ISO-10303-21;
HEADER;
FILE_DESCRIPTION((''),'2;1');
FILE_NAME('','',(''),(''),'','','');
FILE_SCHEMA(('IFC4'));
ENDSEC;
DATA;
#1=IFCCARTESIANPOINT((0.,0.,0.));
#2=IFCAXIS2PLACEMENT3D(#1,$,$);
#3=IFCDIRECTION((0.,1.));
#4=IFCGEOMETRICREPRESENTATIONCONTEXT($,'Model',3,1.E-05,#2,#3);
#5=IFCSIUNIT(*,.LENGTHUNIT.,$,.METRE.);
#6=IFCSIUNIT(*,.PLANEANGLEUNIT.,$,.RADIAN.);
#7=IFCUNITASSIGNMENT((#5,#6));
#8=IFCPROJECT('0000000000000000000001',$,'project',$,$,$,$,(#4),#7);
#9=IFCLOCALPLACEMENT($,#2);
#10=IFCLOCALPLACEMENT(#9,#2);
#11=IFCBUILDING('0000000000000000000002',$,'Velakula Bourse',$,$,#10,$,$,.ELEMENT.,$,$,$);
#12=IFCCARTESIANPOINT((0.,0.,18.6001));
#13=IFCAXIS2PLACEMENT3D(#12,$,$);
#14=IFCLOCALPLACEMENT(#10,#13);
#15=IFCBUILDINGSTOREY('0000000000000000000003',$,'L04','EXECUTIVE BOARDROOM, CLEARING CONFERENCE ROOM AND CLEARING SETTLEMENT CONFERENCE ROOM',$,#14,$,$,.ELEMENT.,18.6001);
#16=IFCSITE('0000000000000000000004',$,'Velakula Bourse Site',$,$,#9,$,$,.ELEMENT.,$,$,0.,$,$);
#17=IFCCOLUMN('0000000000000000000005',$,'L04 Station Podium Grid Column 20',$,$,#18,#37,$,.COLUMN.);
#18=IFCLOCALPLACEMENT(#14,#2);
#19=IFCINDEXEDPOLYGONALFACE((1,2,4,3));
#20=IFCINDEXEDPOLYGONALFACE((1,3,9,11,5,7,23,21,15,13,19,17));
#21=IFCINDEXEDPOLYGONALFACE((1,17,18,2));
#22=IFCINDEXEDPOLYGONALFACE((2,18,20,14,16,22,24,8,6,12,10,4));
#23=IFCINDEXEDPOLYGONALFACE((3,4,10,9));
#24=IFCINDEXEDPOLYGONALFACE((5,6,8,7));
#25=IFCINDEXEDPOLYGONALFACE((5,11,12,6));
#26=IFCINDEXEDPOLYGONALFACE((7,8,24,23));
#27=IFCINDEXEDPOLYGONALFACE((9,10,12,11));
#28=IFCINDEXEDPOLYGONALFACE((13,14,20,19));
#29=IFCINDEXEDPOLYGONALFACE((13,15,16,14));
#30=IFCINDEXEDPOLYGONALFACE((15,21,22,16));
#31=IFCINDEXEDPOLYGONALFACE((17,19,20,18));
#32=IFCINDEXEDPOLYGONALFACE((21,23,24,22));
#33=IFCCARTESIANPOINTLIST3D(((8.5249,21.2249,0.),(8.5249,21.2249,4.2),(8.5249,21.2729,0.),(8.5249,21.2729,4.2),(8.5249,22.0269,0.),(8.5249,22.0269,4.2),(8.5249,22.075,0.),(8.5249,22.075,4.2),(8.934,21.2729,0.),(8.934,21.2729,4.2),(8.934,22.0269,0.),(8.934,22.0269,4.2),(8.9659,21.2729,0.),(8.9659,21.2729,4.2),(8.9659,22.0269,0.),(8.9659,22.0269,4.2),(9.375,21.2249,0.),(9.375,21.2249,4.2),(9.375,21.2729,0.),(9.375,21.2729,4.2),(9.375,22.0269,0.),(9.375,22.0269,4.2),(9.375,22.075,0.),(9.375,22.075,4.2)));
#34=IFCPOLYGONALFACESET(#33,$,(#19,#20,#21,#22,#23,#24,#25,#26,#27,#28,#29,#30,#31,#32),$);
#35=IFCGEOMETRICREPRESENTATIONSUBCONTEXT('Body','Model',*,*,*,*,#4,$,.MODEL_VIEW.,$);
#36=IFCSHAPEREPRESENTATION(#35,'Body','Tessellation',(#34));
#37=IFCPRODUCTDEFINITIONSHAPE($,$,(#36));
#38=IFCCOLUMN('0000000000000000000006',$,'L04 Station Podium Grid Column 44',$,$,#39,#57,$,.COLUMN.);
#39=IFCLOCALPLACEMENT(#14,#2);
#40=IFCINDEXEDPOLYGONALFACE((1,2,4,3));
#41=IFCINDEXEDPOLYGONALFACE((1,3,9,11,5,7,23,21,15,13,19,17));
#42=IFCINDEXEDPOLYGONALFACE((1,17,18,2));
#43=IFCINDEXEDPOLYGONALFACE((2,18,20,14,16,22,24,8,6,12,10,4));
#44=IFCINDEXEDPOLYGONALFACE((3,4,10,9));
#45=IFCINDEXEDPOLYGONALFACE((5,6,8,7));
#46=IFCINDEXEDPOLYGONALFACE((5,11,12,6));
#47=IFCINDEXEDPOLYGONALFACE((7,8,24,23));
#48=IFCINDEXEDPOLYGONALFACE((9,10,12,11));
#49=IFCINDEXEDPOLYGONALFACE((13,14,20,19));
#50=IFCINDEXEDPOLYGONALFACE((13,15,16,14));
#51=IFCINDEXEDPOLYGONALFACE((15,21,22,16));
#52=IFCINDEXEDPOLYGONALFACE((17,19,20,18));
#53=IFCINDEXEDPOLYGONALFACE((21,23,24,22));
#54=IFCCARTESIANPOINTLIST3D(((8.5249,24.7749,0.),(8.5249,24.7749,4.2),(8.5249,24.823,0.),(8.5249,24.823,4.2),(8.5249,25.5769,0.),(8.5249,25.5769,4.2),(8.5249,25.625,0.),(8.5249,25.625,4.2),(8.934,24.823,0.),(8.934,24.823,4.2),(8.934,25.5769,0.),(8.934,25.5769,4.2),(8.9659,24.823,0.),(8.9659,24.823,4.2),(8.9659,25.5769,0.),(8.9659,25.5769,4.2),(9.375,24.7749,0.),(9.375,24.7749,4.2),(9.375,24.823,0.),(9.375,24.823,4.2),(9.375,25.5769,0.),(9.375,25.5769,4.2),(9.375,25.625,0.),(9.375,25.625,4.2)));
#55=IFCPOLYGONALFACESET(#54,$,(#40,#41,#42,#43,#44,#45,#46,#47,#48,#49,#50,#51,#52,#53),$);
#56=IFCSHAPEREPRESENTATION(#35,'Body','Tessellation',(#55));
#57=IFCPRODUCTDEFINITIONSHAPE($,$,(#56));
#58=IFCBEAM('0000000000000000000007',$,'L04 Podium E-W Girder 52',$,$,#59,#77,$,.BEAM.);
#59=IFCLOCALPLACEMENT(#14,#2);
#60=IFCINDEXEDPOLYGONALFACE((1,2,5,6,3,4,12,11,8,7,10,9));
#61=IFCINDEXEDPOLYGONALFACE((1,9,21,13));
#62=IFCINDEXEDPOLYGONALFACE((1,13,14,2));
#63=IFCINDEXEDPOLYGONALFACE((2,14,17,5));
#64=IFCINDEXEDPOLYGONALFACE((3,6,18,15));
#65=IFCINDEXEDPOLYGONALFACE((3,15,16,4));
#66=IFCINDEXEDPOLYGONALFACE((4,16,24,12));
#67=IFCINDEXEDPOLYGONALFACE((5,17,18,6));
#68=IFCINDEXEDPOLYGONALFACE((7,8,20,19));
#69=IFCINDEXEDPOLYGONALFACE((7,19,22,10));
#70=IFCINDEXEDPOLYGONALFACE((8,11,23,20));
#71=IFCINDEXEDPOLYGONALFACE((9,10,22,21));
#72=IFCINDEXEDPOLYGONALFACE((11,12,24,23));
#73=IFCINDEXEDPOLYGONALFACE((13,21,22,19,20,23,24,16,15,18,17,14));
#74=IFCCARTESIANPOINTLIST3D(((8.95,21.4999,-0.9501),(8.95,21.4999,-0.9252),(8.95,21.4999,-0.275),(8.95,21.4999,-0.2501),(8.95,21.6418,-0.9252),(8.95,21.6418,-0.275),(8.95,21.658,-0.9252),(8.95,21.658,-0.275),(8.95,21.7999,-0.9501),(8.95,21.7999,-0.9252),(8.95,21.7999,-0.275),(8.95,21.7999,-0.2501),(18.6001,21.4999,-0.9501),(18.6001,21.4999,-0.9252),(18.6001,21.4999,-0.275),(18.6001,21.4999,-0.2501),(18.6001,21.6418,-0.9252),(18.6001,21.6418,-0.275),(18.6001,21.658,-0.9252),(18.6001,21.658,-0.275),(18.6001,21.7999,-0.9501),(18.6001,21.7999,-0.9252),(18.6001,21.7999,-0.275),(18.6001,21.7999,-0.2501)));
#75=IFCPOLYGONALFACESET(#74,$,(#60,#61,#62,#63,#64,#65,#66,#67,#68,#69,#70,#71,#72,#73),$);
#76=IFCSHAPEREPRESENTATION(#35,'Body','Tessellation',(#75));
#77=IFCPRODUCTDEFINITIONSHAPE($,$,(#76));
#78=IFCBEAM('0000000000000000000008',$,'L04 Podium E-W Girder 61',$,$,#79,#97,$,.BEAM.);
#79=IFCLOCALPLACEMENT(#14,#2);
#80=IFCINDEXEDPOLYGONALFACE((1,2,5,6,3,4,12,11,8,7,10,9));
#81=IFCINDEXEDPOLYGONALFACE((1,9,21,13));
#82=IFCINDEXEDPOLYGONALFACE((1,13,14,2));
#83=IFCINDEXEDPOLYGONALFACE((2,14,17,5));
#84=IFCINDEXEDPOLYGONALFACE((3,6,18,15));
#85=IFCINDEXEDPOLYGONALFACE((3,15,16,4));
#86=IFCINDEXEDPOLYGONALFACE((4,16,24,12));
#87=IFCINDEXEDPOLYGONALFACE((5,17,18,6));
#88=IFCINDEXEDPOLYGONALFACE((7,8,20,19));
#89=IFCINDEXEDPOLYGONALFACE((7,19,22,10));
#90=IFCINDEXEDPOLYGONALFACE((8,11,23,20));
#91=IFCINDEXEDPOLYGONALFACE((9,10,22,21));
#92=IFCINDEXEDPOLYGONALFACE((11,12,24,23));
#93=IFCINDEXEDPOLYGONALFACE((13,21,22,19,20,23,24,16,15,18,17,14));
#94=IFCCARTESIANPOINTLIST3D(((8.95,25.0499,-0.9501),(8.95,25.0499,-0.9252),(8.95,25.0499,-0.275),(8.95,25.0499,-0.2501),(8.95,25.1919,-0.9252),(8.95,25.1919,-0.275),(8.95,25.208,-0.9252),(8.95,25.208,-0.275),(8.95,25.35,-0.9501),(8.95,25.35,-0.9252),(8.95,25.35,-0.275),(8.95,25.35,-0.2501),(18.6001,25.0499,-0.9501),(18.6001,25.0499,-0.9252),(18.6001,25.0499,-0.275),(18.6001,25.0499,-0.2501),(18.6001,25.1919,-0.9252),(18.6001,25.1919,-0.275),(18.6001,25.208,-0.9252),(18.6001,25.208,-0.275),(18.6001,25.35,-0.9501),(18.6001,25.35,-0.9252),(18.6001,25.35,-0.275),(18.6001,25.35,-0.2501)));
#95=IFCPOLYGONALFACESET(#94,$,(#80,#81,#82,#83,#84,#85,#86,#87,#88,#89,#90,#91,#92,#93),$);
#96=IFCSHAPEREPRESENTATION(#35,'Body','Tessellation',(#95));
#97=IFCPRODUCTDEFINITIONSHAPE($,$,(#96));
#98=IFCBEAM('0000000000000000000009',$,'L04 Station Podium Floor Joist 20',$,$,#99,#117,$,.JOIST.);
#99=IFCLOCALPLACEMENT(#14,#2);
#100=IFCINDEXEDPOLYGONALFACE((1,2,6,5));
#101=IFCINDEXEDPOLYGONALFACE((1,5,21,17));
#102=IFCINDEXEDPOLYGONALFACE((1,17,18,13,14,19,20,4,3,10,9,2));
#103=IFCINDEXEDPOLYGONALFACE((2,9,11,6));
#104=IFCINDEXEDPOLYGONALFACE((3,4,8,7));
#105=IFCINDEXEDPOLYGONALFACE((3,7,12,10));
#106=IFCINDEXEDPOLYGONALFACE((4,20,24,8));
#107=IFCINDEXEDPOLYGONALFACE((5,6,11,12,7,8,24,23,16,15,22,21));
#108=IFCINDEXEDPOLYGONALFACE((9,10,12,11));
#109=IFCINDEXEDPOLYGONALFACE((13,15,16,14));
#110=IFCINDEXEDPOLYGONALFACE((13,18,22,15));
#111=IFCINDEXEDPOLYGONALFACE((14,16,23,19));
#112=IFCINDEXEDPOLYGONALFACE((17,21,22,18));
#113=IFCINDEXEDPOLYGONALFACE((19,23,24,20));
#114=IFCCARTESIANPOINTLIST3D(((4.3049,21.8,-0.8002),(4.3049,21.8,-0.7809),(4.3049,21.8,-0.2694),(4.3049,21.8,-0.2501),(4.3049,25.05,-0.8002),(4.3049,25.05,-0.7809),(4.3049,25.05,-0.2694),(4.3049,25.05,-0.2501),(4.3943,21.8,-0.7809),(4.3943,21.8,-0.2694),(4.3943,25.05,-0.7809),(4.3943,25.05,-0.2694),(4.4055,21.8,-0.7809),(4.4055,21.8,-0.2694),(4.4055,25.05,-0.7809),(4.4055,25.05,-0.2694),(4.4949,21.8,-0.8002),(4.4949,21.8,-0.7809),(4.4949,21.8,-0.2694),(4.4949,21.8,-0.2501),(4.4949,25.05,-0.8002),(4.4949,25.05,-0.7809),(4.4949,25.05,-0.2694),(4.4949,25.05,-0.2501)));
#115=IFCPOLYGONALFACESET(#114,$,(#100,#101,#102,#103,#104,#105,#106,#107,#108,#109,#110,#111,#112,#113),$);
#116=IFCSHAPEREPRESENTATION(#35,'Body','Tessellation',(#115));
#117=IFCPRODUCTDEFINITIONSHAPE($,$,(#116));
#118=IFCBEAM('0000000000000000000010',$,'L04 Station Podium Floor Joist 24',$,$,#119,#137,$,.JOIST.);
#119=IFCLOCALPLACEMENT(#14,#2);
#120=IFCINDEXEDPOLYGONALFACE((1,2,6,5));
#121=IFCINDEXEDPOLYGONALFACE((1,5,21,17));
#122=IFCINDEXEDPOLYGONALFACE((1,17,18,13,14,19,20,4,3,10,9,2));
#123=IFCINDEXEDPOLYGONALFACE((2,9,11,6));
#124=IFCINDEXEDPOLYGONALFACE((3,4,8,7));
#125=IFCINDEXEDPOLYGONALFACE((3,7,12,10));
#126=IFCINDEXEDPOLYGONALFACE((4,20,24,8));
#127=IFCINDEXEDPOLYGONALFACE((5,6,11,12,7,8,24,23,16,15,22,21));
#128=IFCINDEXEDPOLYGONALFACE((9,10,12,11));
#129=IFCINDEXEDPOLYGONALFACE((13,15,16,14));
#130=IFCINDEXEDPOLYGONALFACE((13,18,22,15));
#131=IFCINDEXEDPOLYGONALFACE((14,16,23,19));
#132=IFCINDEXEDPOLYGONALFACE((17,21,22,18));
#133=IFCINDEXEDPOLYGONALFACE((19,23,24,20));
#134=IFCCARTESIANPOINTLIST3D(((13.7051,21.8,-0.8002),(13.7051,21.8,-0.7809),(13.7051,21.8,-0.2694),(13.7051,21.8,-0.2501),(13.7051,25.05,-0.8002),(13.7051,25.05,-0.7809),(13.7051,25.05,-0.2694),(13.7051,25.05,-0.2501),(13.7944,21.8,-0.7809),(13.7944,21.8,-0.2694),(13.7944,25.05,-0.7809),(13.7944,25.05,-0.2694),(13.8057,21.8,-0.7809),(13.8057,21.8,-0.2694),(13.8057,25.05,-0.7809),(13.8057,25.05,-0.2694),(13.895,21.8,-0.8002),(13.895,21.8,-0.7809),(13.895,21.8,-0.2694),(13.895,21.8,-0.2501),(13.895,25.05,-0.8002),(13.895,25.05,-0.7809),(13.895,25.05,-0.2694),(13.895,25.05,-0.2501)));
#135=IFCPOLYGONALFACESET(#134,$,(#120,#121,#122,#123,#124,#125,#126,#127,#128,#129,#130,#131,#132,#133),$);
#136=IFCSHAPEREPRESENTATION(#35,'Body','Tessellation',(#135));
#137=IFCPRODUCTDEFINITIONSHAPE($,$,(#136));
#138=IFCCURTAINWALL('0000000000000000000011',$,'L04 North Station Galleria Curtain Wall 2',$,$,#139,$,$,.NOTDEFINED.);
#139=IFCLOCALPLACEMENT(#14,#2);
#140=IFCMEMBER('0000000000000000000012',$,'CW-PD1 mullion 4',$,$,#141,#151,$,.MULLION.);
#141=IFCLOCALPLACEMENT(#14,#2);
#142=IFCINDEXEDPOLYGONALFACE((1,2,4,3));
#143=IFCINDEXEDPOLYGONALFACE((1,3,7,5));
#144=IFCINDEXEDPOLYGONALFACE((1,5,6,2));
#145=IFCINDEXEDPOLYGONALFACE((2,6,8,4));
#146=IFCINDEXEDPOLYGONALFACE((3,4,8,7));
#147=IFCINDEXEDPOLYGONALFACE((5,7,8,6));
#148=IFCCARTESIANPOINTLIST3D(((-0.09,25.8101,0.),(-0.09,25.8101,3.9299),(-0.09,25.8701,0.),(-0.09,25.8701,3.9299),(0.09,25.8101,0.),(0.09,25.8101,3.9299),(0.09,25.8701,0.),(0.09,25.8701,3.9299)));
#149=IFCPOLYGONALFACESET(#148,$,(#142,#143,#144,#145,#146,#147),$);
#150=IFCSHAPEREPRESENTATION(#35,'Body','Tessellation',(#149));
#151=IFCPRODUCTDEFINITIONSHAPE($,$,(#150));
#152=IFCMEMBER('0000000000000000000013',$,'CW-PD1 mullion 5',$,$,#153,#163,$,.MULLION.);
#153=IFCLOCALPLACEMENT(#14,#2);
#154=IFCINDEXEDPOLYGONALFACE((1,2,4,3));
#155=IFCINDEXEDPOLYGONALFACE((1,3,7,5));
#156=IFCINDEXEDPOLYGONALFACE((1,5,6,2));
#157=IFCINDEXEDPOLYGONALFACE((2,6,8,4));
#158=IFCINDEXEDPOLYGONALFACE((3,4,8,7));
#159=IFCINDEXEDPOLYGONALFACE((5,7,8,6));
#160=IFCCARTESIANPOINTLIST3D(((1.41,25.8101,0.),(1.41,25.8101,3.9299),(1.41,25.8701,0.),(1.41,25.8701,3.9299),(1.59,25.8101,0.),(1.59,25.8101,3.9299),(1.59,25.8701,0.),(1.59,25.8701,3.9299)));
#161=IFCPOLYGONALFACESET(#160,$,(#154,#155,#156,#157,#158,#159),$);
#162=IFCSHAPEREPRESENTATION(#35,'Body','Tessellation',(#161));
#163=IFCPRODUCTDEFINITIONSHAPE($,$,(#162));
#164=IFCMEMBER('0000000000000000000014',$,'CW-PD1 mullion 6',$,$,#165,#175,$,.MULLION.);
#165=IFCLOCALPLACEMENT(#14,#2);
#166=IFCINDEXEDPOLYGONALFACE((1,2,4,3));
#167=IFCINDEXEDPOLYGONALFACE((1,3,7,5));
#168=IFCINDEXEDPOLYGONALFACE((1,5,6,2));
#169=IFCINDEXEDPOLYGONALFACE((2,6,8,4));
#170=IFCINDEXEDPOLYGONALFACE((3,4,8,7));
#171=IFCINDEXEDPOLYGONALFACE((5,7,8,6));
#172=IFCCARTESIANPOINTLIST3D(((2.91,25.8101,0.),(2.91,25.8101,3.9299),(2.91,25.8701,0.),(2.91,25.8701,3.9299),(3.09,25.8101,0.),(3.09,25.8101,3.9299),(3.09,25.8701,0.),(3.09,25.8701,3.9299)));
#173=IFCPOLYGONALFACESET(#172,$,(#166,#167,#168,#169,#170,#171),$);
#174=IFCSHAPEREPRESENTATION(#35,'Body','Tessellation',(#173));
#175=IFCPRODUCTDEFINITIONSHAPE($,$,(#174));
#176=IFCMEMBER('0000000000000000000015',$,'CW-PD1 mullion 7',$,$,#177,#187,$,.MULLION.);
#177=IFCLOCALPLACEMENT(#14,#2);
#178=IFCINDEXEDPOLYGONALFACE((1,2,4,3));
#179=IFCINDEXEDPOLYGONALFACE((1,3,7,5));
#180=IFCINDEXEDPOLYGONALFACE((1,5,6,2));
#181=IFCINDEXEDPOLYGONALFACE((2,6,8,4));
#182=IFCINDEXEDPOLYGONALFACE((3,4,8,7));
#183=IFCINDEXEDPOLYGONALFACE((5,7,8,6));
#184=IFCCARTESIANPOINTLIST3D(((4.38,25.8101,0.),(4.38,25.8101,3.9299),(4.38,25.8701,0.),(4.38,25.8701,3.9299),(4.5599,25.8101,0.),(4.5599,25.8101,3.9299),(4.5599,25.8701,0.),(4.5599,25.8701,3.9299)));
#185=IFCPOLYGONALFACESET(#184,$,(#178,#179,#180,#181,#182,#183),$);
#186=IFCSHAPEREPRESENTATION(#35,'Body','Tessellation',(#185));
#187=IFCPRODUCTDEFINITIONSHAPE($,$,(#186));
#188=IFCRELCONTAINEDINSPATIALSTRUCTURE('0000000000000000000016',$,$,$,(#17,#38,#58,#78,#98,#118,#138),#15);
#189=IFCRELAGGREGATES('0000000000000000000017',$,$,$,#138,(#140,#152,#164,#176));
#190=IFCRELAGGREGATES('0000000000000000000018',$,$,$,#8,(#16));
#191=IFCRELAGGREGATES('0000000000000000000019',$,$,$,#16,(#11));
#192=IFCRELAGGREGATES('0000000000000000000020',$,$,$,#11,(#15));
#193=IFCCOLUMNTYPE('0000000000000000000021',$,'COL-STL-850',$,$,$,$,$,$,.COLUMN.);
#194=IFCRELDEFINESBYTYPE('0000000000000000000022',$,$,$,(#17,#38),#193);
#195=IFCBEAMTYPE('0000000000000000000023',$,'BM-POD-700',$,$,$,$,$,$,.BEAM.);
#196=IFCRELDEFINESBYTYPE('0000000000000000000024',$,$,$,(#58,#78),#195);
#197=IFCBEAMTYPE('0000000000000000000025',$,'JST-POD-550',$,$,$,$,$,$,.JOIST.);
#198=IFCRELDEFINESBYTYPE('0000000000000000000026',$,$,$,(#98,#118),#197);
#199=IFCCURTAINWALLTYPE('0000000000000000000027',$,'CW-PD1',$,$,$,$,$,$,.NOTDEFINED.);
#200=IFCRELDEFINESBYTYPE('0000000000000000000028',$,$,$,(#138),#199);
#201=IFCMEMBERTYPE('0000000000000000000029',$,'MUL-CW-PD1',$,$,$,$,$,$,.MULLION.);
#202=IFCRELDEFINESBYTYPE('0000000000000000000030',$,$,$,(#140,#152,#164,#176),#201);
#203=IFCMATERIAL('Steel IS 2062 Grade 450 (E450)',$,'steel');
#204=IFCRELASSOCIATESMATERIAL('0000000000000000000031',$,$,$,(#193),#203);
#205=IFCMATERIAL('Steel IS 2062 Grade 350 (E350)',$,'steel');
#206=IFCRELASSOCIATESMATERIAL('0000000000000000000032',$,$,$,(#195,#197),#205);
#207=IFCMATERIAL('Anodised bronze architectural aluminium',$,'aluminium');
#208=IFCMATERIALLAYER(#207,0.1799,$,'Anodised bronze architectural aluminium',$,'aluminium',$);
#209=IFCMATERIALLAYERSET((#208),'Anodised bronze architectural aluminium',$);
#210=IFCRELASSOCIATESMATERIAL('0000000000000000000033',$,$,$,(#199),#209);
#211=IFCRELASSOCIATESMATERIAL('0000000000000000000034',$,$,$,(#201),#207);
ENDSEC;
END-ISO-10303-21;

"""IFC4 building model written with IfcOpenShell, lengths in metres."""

from ifc_helpers import new_model, si_unit, direction, frame, origin, origin_2d, place, context, subcontext, project, spatial, rectangle, i_section, extrude, material, layer, layer_set, material_profile, profile_set, type_object, element, aggregate, save


model = new_model("IFC4")

# Units and contexts
model_context = context("Model", 3, precision=1e-05, world=origin(), true_north=direction((0.0, 1.0)))
body_context = subcontext(model_context, "Body", "Model", "MODEL_VIEW")
ifc_project = project(units=[si_unit("LENGTHUNIT", "METRE"), si_unit("PLANEANGLEUNIT", "RADIAN")], contexts=[model_context])

# Site, building, storey
site_placement = place(None, origin())
site = spatial("IfcSite", under=ifc_project, at=site_placement, Name="Velakula Bourse Site", CompositionType="ELEMENT", RefElevation=0.0)
building_placement = place(site_placement, origin())
building = spatial("IfcBuilding", under=site, at=building_placement, Name="Velakula Bourse", CompositionType="ELEMENT")
storey_placement = place(building_placement, frame((0.0, 0.0, 18.6001)))
storey = spatial("IfcBuildingStorey", under=building, at=storey_placement, Name="L04", Description="EXECUTIVE BOARDROOM, CLEARING CONFERENCE ROOM AND CLEARING SETTLEMENT CONFERENCE ROOM", CompositionType="ELEMENT", Elevation=18.6001)

# Columns
ifc_material_1 = material(Name="Steel IS 2062 Grade 450 (E450)", Category="steel")
ifc_material_profile_1 = material_profile(ifc_material_1, i_section(OverallWidth=0.8501, OverallDepth=0.8501, WebThickness=0.032, FlangeThickness=0.0481, at=origin_2d()), Name="Steel IS 2062 Grade 450 (E450)")
ifc_profile_set_1 = profile_set([ifc_material_profile_1], Name="Steel IS 2062 Grade 450 (E450)")
column_type = type_object("IfcColumnType", Name="COL-STL-850", PredefinedType="COLUMN", material=ifc_profile_set_1)
for number, where, z_axis, x_axis, name in (
    (1, (8.95, 21.6499, 0.0), (0.0, 0.0, 1.0), (1.0, 0.0, 0.0), "L04 Station Podium Grid Column 20"),
    (2, (8.95, 25.2, 0.0), (0.0, 0.0, 1.0), (1.0, 0.0, 0.0), "L04 Station Podium Grid Column 44"),
):
    element("IfcColumn", number, at=place(storey_placement, frame(where, z_axis=z_axis, x_axis=x_axis)), inside=storey, type_object=column_type, Name=name, PredefinedType="COLUMN", context=body_context, shape_type="SweptSolid", body=[
        extrude(i_section(OverallWidth=0.8501, OverallDepth=0.8501, WebThickness=0.032, FlangeThickness=0.0481, at=origin_2d()), origin(), (0.0, 0.0, 1.0), 4.2),
    ])

# Beams
ifc_material_2 = material(Name="Steel IS 2062 Grade 350 (E350)", Category="steel")
ifc_material_profile_2 = material_profile(ifc_material_2, i_section(OverallWidth=0.3, OverallDepth=0.7, WebThickness=0.0161, FlangeThickness=0.0249, at=origin_2d()), Name="Steel IS 2062 Grade 350 (E350)")
ifc_profile_set_2 = profile_set([ifc_material_profile_2], Name="Steel IS 2062 Grade 350 (E350)")
beam_type_1 = type_object("IfcBeamType", Name="BM-POD-700", PredefinedType="BEAM", material=ifc_profile_set_2)
for number, where, z_axis, x_axis, name in (
    (3, (8.95, 21.6499, -0.6001), (1.0, 0.0, 0.0), (0.0, 1.0, 0.0), "L04 Podium E-W Girder 52"),
    (4, (8.95, 25.2, -0.6001), (1.0, 0.0, 0.0), (0.0, 1.0, 0.0), "L04 Podium E-W Girder 61"),
):
    element("IfcBeam", number, at=place(storey_placement, frame(where, z_axis=z_axis, x_axis=x_axis)), inside=storey, type_object=beam_type_1, Name=name, PredefinedType="BEAM", context=body_context, shape_type="SweptSolid", body=[
        extrude(i_section(OverallWidth=0.3, OverallDepth=0.7, WebThickness=0.0161, FlangeThickness=0.0249, at=origin_2d()), origin(), (0.0, 0.0, 1.0), 9.6501),
    ])
ifc_material_profile_3 = material_profile(ifc_material_2, i_section(OverallWidth=0.1899, OverallDepth=0.55, WebThickness=0.0112, FlangeThickness=0.0193, at=origin_2d()), Name="Steel IS 2062 Grade 350 (E350)")
ifc_profile_set_3 = profile_set([ifc_material_profile_3], Name="Steel IS 2062 Grade 350 (E350)")
beam_type_2 = type_object("IfcBeamType", Name="JST-POD-550", PredefinedType="JOIST", material=ifc_profile_set_3)
for number, where, z_axis, x_axis, name in (
    (5, (4.3999, 21.8, -0.5251), (0.0, 1.0, 0.0), (-1.0, 0.0, 0.0), "L04 Station Podium Floor Joist 20"),
    (6, (13.8, 21.8, -0.5251), (0.0, 1.0, 0.0), (-1.0, 0.0, 0.0), "L04 Station Podium Floor Joist 24"),
):
    element("IfcBeam", number, at=place(storey_placement, frame(where, z_axis=z_axis, x_axis=x_axis)), inside=storey, type_object=beam_type_2, Name=name, PredefinedType="JOIST", context=body_context, shape_type="SweptSolid", body=[
        extrude(i_section(OverallWidth=0.1899, OverallDepth=0.55, WebThickness=0.0112, FlangeThickness=0.0193, at=origin_2d()), origin(), (0.0, 0.0, 1.0), 3.25),
    ])

# Curtain wall, members
ifc_material_3 = material(Name="Anodised bronze architectural aluminium", Category="aluminium")
ifc_layer_1 = layer(ifc_material_3, 0.1799, Name="Anodised bronze architectural aluminium", Category="aluminium")
ifc_layer_set_1 = layer_set([ifc_layer_1], Name="Anodised bronze architectural aluminium")
curtain_wall_type = type_object("IfcCurtainWallType", Name="CW-PD1", PredefinedType="NOTDEFINED", material=ifc_layer_set_1)
curtain_wall_placement = place(storey_placement, origin())
curtain_wall = element("IfcCurtainWall", 7, at=curtain_wall_placement, inside=storey, type_object=curtain_wall_type, Name="L04 North Station Galleria Curtain Wall 2", PredefinedType="NOTDEFINED")
ifc_material_profile_4 = material_profile(ifc_material_3, rectangle(XDim=0.0601, YDim=0.1799, at=origin_2d()), Name="Anodised bronze architectural aluminium")
ifc_profile_set_4 = profile_set([ifc_material_profile_4], Name="Anodised bronze architectural aluminium")
member_type_1 = type_object("IfcMemberType", Name="MUL-CW-PD1", PredefinedType="MULLION", material=ifc_profile_set_4)
member_1_placement = place(storey_placement, frame((0.0, 25.8401, 0.0), z_axis=(0.0, 0.0, 1.0), x_axis=(0.0, 1.0, 0.0)))
member_1 = element("IfcMember", 8, at=member_1_placement, type_object=member_type_1, Name="CW-PD1 mullion 4", PredefinedType="MULLION", context=body_context, shape_type="SweptSolid", body=[
    extrude(rectangle(XDim=0.0601, YDim=0.1799, at=origin_2d()), origin(), (0.0, 0.0, 1.0), 3.9299),
])
member_2_placement = place(storey_placement, frame((1.5, 25.8401, 0.0), z_axis=(0.0, 0.0, 1.0), x_axis=(0.0, 1.0, 0.0)))
member_2 = element("IfcMember", 9, at=member_2_placement, type_object=member_type_1, Name="CW-PD1 mullion 5", PredefinedType="MULLION", context=body_context, shape_type="SweptSolid", body=[
    extrude(rectangle(XDim=0.0601, YDim=0.1799, at=origin_2d()), origin(), (0.0, 0.0, 1.0), 3.9299),
])
member_3_placement = place(storey_placement, frame((3.0, 25.8401, 0.0), z_axis=(0.0, 0.0, 1.0), x_axis=(0.0, 1.0, 0.0)))
member_3 = element("IfcMember", 10, at=member_3_placement, type_object=member_type_1, Name="CW-PD1 mullion 6", PredefinedType="MULLION", context=body_context, shape_type="SweptSolid", body=[
    extrude(rectangle(XDim=0.0601, YDim=0.1799, at=origin_2d()), origin(), (0.0, 0.0, 1.0), 3.9299),
])
member_4_placement = place(storey_placement, frame((4.47, 25.8401, 0.0), z_axis=(0.0, 0.0, 1.0), x_axis=(0.0, 1.0, 0.0)))
member_4 = element("IfcMember", 11, at=member_4_placement, type_object=member_type_1, Name="CW-PD1 mullion 7", PredefinedType="MULLION", context=body_context, shape_type="SweptSolid", body=[
    extrude(rectangle(XDim=0.0601, YDim=0.1799, at=origin_2d()), origin(), (0.0, 0.0, 1.0), 3.9299),
])
aggregate(curtain_wall, [member_1, member_2, member_3, member_4])

save(model, "model.ifc")
